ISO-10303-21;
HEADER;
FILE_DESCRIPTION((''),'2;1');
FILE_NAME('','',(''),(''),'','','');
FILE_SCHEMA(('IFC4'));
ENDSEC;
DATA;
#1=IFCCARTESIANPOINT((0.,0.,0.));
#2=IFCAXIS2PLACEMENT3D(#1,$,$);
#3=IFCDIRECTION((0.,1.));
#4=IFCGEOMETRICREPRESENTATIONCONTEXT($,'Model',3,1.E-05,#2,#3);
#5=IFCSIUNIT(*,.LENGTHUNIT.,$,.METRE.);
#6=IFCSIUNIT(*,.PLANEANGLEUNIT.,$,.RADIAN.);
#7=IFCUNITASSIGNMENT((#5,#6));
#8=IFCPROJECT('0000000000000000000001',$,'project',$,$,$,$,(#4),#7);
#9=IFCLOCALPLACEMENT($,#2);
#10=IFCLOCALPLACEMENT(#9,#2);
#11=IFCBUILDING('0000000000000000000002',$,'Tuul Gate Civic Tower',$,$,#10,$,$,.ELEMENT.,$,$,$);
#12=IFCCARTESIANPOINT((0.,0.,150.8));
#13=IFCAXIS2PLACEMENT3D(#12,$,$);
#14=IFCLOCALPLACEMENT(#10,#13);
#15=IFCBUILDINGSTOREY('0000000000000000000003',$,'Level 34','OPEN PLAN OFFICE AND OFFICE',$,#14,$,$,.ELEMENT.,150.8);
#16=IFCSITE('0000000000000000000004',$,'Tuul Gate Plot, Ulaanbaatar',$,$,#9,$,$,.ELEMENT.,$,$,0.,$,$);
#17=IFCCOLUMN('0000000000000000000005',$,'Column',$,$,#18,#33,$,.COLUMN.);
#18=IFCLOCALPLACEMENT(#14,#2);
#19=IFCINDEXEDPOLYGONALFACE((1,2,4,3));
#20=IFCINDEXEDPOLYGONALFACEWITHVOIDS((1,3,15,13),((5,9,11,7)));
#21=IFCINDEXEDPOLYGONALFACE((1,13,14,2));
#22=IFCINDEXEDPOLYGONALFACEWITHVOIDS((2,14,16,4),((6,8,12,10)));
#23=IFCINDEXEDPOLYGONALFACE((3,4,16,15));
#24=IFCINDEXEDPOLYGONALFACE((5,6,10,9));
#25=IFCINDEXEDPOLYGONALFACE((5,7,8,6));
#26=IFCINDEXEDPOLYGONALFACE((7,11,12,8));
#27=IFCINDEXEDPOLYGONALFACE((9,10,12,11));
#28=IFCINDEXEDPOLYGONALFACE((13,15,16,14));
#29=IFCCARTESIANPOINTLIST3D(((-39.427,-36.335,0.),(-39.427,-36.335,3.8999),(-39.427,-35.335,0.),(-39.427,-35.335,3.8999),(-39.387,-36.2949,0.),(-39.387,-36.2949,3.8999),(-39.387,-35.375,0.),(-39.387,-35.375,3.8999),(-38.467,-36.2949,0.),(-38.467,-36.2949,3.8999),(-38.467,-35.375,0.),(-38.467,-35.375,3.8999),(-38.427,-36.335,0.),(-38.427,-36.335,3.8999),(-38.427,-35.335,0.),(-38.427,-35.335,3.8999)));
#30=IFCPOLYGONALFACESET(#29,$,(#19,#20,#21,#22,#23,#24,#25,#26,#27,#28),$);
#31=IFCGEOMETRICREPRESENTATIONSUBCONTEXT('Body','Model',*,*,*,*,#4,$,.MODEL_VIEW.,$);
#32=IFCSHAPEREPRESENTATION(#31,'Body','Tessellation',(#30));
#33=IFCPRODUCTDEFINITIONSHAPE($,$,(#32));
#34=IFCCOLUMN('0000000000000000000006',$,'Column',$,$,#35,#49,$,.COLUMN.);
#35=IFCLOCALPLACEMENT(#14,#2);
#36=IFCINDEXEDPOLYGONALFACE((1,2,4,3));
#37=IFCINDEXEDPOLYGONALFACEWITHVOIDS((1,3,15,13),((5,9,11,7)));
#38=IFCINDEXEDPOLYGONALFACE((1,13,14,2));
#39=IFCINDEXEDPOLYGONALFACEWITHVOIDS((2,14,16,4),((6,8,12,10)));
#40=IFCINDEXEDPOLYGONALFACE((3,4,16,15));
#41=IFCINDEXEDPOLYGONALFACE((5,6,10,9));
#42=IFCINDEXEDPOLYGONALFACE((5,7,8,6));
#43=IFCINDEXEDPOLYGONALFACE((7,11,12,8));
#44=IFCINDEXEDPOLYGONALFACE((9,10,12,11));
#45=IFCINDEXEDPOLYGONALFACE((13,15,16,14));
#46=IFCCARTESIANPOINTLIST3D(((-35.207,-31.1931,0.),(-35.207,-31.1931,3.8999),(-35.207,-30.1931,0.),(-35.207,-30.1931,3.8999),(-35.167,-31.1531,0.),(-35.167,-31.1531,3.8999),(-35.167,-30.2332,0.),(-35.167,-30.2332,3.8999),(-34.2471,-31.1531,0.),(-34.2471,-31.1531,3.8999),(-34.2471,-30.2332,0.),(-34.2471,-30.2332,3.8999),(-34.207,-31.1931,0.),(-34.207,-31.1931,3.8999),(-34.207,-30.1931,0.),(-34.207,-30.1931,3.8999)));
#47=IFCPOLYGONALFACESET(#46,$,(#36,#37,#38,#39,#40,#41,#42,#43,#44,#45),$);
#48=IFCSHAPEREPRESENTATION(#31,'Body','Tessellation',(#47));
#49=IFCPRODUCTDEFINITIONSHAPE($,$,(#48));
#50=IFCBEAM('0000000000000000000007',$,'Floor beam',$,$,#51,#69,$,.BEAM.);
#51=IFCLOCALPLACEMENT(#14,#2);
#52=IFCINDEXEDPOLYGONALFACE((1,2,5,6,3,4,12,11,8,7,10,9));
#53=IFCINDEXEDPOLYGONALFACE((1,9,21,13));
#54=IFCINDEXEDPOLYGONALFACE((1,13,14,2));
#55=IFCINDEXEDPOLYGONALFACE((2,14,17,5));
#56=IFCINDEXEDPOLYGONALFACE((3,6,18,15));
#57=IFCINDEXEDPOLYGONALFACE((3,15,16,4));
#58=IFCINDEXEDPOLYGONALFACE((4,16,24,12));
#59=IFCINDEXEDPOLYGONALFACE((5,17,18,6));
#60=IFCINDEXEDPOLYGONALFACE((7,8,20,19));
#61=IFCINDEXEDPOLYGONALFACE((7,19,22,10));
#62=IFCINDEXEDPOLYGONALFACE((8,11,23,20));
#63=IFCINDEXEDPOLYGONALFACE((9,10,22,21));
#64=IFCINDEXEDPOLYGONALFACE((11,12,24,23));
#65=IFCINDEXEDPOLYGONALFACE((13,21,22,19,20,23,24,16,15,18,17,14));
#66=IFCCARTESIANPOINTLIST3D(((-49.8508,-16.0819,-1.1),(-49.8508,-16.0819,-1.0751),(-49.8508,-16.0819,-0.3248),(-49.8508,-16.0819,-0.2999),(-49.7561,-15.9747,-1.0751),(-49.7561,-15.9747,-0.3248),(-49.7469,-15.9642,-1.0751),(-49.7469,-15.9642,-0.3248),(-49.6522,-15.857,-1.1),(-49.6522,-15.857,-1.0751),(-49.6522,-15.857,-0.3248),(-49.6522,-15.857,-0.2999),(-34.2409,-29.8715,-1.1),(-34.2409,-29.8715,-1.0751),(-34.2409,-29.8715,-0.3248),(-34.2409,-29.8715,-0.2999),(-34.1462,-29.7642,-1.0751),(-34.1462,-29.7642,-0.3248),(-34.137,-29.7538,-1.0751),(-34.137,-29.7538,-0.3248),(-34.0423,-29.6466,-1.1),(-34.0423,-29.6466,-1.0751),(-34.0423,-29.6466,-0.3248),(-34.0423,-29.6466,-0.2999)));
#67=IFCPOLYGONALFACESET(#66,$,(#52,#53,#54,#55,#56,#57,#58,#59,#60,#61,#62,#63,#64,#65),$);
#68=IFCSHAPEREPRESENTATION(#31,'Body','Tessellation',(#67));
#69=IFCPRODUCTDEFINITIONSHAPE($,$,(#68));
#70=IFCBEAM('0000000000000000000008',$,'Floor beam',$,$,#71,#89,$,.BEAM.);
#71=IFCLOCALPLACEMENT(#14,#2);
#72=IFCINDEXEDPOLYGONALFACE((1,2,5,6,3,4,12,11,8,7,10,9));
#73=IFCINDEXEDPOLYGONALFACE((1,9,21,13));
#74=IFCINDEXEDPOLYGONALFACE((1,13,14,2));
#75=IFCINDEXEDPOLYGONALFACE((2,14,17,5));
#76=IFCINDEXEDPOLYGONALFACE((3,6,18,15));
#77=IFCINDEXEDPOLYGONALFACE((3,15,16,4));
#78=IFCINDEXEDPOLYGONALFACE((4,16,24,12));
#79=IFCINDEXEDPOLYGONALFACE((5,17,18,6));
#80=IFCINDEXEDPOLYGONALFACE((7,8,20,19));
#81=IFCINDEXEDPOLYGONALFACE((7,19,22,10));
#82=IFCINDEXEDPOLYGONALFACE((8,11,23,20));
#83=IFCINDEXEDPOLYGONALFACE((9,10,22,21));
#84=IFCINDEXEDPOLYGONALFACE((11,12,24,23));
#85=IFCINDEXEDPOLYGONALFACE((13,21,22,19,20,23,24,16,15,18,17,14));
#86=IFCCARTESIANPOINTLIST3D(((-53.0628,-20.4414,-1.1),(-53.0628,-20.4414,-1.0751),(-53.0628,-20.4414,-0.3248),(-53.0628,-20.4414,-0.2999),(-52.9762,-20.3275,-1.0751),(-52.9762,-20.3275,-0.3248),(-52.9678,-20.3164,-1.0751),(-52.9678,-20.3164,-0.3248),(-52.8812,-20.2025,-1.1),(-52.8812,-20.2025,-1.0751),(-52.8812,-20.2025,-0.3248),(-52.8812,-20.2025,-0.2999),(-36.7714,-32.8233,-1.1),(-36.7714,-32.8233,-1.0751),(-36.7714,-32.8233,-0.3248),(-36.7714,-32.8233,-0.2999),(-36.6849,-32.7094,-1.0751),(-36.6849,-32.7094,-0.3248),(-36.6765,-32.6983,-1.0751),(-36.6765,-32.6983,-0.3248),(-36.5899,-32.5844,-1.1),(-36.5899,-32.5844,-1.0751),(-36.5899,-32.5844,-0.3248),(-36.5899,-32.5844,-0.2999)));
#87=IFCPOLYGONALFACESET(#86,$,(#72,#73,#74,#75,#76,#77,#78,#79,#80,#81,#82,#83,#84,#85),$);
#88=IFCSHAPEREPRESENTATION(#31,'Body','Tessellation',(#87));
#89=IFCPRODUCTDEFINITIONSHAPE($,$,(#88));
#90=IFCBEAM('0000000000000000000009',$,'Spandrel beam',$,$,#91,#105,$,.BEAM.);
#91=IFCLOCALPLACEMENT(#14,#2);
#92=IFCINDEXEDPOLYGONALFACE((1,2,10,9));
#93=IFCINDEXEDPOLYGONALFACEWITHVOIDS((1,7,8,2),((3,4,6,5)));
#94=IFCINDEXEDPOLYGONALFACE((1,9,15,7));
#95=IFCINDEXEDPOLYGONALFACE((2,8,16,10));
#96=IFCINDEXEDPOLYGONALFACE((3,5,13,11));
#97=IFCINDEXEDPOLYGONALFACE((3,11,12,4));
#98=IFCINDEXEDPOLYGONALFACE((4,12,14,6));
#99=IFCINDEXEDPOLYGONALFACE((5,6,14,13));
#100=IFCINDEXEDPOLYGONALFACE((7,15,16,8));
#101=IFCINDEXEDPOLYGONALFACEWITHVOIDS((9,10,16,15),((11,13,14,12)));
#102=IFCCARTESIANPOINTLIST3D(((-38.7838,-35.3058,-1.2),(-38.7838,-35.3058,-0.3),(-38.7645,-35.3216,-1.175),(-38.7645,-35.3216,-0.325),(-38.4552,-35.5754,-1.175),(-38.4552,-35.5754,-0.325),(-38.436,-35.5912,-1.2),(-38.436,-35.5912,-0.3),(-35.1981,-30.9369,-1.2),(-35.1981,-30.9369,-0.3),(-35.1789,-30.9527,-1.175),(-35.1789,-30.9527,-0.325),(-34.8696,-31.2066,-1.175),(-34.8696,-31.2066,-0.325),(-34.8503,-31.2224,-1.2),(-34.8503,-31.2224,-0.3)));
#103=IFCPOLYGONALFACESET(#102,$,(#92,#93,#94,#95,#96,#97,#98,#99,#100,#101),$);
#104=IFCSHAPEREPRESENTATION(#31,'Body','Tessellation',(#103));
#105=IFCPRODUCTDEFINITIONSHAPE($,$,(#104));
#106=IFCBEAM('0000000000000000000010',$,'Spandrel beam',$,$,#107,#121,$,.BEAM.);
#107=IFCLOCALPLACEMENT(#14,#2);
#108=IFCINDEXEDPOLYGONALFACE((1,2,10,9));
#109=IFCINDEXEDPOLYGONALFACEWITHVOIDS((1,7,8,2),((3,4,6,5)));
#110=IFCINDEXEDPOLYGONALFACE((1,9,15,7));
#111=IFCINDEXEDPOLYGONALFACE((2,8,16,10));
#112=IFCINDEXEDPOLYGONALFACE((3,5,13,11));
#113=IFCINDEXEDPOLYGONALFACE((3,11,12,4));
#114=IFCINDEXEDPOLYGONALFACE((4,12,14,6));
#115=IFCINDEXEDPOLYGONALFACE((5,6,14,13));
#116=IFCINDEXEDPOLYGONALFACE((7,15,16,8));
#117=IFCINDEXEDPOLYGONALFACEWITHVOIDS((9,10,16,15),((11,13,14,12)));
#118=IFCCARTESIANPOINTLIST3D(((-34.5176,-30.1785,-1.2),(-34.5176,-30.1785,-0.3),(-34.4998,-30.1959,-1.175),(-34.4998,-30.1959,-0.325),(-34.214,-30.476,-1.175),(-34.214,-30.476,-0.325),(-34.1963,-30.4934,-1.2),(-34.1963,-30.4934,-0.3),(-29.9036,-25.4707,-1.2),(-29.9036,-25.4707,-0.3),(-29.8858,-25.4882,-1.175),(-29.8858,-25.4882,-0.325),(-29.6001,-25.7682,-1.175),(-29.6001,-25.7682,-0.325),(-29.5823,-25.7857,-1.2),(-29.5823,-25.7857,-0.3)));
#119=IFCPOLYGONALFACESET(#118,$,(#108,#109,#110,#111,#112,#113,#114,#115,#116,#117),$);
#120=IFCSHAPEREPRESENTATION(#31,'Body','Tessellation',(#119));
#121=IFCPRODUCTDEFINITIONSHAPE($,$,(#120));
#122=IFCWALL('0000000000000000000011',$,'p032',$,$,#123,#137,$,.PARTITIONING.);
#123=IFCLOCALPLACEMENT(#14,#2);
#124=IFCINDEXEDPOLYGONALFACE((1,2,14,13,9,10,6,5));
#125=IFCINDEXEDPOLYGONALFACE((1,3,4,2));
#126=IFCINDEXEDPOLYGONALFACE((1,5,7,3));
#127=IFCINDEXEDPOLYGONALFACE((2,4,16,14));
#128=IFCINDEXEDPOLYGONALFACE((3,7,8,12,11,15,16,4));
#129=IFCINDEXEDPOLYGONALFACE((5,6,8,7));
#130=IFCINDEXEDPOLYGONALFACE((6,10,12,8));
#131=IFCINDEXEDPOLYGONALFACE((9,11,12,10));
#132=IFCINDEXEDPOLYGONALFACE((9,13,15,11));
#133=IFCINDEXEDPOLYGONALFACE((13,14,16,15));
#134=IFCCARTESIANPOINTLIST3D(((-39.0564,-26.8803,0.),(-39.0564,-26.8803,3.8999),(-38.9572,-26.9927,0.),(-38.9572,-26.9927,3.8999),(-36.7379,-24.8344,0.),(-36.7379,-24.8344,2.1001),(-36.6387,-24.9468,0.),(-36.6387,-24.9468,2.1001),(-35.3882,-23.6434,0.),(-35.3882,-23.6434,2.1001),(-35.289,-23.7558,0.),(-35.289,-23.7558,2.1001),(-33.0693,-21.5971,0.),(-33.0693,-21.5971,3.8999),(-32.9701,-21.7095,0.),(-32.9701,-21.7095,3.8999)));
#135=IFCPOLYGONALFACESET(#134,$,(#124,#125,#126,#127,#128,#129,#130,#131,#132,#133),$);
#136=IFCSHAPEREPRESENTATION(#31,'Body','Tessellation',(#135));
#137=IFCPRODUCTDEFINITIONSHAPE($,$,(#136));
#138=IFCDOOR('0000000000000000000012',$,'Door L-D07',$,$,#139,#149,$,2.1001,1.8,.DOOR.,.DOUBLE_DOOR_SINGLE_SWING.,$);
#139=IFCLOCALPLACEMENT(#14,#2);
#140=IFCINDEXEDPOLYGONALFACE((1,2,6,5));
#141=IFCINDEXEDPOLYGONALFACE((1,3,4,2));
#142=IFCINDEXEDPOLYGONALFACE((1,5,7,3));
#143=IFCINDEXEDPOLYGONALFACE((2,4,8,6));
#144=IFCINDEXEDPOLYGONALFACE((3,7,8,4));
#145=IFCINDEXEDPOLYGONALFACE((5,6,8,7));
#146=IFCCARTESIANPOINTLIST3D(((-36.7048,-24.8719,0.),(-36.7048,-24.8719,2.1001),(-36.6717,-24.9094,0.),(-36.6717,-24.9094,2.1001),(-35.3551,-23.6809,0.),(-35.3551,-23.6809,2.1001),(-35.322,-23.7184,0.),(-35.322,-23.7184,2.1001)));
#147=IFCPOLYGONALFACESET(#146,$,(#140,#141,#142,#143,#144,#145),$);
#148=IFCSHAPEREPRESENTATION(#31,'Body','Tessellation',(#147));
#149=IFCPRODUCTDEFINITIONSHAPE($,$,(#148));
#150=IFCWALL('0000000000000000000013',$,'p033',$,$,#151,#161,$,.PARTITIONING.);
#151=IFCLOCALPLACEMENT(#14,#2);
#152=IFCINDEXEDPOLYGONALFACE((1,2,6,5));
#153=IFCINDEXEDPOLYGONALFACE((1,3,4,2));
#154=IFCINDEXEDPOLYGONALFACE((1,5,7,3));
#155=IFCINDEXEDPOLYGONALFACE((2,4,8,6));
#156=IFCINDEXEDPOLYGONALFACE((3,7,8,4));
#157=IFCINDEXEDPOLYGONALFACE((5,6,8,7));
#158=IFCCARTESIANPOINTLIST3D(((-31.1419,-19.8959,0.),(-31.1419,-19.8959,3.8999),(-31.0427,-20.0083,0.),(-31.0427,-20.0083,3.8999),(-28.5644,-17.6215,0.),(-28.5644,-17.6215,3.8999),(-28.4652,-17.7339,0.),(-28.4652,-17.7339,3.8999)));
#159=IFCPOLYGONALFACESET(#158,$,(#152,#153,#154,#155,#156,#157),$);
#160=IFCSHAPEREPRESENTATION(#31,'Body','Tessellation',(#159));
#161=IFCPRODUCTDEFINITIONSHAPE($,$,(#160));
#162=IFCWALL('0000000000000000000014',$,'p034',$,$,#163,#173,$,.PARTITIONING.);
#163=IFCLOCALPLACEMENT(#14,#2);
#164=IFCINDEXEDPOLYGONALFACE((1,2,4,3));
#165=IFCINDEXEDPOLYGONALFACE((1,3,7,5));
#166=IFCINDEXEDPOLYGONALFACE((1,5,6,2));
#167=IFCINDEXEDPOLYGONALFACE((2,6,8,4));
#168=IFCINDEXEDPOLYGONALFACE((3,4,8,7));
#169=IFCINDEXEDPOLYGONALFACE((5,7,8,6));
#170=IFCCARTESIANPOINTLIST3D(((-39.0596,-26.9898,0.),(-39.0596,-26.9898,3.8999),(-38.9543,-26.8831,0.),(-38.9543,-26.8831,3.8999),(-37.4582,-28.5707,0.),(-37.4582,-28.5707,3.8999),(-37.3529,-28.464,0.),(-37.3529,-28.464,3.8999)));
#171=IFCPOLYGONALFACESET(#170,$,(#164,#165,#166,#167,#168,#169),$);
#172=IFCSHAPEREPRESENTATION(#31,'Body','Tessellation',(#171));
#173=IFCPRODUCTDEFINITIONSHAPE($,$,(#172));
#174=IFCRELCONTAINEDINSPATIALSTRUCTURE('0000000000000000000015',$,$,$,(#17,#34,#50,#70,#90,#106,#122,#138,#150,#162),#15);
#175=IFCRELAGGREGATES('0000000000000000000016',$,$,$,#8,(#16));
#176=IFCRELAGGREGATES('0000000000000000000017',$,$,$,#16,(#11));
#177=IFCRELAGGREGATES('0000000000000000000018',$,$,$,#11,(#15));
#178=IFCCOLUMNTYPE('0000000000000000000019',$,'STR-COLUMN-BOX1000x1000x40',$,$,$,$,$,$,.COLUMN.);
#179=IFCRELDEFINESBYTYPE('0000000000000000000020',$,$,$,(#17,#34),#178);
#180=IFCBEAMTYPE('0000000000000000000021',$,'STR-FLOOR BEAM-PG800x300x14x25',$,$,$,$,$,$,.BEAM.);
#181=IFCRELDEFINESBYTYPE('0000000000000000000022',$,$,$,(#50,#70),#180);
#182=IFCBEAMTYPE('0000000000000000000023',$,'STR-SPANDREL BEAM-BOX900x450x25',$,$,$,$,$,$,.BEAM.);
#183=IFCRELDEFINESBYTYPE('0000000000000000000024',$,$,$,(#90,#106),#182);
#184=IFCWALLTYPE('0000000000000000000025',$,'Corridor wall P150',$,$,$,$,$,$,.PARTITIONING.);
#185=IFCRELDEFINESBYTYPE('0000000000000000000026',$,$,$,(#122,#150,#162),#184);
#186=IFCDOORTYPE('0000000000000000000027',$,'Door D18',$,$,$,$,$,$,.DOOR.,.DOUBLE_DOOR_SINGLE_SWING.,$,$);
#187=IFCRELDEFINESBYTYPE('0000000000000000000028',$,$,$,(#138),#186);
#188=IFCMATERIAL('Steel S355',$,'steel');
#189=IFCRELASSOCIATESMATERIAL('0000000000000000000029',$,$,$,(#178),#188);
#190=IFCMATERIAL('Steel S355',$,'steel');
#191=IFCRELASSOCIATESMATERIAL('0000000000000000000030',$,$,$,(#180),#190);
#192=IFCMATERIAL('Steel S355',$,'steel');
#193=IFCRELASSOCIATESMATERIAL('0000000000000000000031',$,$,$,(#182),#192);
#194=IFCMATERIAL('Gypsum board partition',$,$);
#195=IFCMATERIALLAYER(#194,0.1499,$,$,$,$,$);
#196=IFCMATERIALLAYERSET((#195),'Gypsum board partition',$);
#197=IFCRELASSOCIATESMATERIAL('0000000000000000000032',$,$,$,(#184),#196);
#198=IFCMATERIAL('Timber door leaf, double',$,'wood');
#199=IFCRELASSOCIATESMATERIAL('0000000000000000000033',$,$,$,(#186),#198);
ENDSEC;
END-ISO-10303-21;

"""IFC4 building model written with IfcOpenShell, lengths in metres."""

from ifc_helpers import new_model, si_unit, direction, frame, frame_2d, origin, origin_2d, place, context, subcontext, project, spatial, rectangle, hollow_rectangle, i_section, extrude, material, layer, layer_set, material_profile, profile_set, type_object, element, fill, save


model = new_model("IFC4")

# Units and contexts
model_context = context("Model", 3, precision=1e-05, world=origin(), true_north=direction((0.0, 1.0)))
body_context = subcontext(model_context, "Body", "Model", "MODEL_VIEW")
ifc_project = project(units=[si_unit("LENGTHUNIT", "METRE"), si_unit("PLANEANGLEUNIT", "RADIAN")], contexts=[model_context])

# Site, building, storey
site_placement = place(None, origin())
site = spatial("IfcSite", under=ifc_project, at=site_placement, Name="Tuul Gate Plot, Ulaanbaatar", CompositionType="ELEMENT", RefElevation=0.0)
building_placement = place(site_placement, origin())
building = spatial("IfcBuilding", under=site, at=building_placement, Name="Tuul Gate Civic Tower", CompositionType="ELEMENT")
storey_placement = place(building_placement, frame((0.0, 0.0, 150.8)))
storey = spatial("IfcBuildingStorey", under=building, at=storey_placement, Name="Level 34", Description="OPEN PLAN OFFICE AND OFFICE", CompositionType="ELEMENT", Elevation=150.8)

# Columns
ifc_material_1 = material(Name="Steel S355", Category="steel")
ifc_material_profile_1 = material_profile(ifc_material_1, hollow_rectangle(XDim=1.0, YDim=1.0, WallThickness=0.04, at=origin_2d()), Name="BOX1000x1000x40")
ifc_profile_set_1 = profile_set([ifc_material_profile_1], Name="Steel S355")
column_type = type_object("IfcColumnType", Name="STR-COLUMN-BOX1000x1000x40", PredefinedType="COLUMN", material=ifc_profile_set_1)
for number, where, z_axis, x_axis, name in (
    (1, (-38.927, -35.835, 0.0), (0.0, 0.0, 1.0), (1.0, 0.0, 0.0), "Column"),
    (2, (-34.707, -30.6931, 0.0), (0.0, 0.0, 1.0), (1.0, 0.0, 0.0), "Column"),
):
    element("IfcColumn", number, at=place(storey_placement, frame(where, z_axis=z_axis, x_axis=x_axis)), inside=storey, type_object=column_type, Name=name, PredefinedType="COLUMN", context=body_context, shape_type="SweptSolid", body=[
        extrude(hollow_rectangle(XDim=1.0, YDim=1.0, WallThickness=0.04, at=origin_2d()), origin(), (0.0, 0.0, 1.0), 3.8999),
    ])

# Beams
ifc_material_2 = material(Name="Steel S355", Category="steel")
ifc_material_profile_2 = material_profile(ifc_material_2, i_section(OverallWidth=0.3, OverallDepth=0.8, WebThickness=0.0139, FlangeThickness=0.0249, at=origin_2d()), Name="PG800x300x14x25")
ifc_profile_set_2 = profile_set([ifc_material_profile_2], Name="Steel S355")
beam_type_1 = type_object("IfcBeamType", Name="STR-FLOOR BEAM-PG800x300x14x25", PredefinedType="BEAM", material=ifc_profile_set_2)
beam_1_placement = place(storey_placement, frame((-34.1416, -29.759, -0.7), z_axis=(-0.749453, 0.662057, 0.0), x_axis=(-0.662057, -0.749453, 0.0)))
element("IfcBeam", 3, at=beam_1_placement, inside=storey, type_object=beam_type_1, Name="Floor beam", PredefinedType="BEAM", context=body_context, shape_type="SweptSolid", body=[
    extrude(i_section(OverallWidth=0.3, OverallDepth=0.8, WebThickness=0.0139, FlangeThickness=0.0249, at=origin_2d()), origin(), (0.0, 0.0, 1.0), 20.8284),
])
beam_2_placement = place(storey_placement, frame((-36.6807, -32.7039, -0.7), z_axis=(-0.796151, 0.605098, 0.0), x_axis=(-0.605098, -0.796151, 0.0)))
element("IfcBeam", 4, at=beam_2_placement, inside=storey, type_object=beam_type_1, Name="Floor beam", PredefinedType="BEAM", context=body_context, shape_type="SweptSolid", body=[
    extrude(i_section(OverallWidth=0.3, OverallDepth=0.8, WebThickness=0.0139, FlangeThickness=0.0249, at=origin_2d()), origin(), (0.0, 0.0, 1.0), 20.4626),
])
ifc_material_3 = material(Name="Steel S355", Category="steel")
ifc_material_profile_3 = material_profile(ifc_material_3, hollow_rectangle(XDim=0.45, YDim=0.8999, WallThickness=0.0249, at=origin_2d()), Name="BOX900x450x25")
ifc_profile_set_3 = profile_set([ifc_material_profile_3], Name="Steel S355")
beam_type_2 = type_object("IfcBeamType", Name="STR-SPANDREL BEAM-BOX900x450x25", PredefinedType="BEAM", material=ifc_profile_set_3)
beam_3_placement = place(storey_placement, frame((-38.6099, -35.4485, -0.75), z_axis=(0.634418, 0.77299, 0.0), x_axis=(-0.77299, 0.634418, 0.0)))
element("IfcBeam", 5, at=beam_3_placement, inside=storey, type_object=beam_type_2, Name="Spandrel beam", PredefinedType="BEAM", context=body_context, shape_type="SweptSolid", body=[
    extrude(hollow_rectangle(XDim=0.45, YDim=0.8999, WallThickness=0.0249, at=origin_2d()), origin(), (0.0, 0.0, 1.0), 5.6519),
])
beam_4_placement = place(storey_placement, frame((-34.3569, -30.3359, -0.75), z_axis=(0.69996, 0.714182, 0.0), x_axis=(-0.714182, 0.69996, 0.0)))
element("IfcBeam", 6, at=beam_4_placement, inside=storey, type_object=beam_type_2, Name="Spandrel beam", PredefinedType="BEAM", context=body_context, shape_type="SweptSolid", body=[
    extrude(hollow_rectangle(XDim=0.45, YDim=0.8999, WallThickness=0.0249, at=origin_2d()), origin(), (0.0, 0.0, 1.0), 6.5918),
])

# Wall, opening, door
ifc_material_4 = material(Name="Gypsum board partition")
ifc_layer_1 = layer(ifc_material_4, 0.1499)
ifc_layer_set_1 = layer_set([ifc_layer_1], Name="Gypsum board partition")
wall_type_1 = type_object("IfcWallType", Name="Corridor wall P150", PredefinedType="PARTITIONING", material=ifc_layer_set_1)
wall_1_placement = place(storey_placement, frame((-39.0068, -26.9365, 0.0), z_axis=(0.0, 0.0, 1.0), x_axis=(0.749807, 0.661657, 0.0)))
wall_1 = element("IfcWall", 7, at=wall_1_placement, inside=storey, type_object=wall_type_1, Name="p032", PredefinedType="PARTITIONING", context=body_context, shape_type="SweptSolid", body=[
    extrude(rectangle(XDim=7.9849, YDim=0.1499, at=frame_2d((3.9924, 0.0))), origin(), (0.0, 0.0, 1.0), 3.8999),
])
opening_1_placement = place(wall_1_placement, frame((3.0923, 0.0, 0.0)))
opening_1 = element("IfcOpeningElement", 8, at=opening_1_placement, cuts=wall_1, PredefinedType="OPENING", context=body_context, shape_type="SweptSolid", body=[
    extrude(rectangle(XDim=1.8, YDim=2.1001, at=frame_2d((0.8999, 1.05))), frame((0.0, 0.085, 0.0), z_axis=(0.0, -1.0, 0.0), x_axis=(1.0, 0.0, 0.0)), (0.0, 0.0, 1.0), 0.1699),
])
ifc_material_5 = material(Name="Timber door leaf, double", Category="wood")
door_type = type_object("IfcDoorType", Name="Door D18", OperationType="DOUBLE_DOOR_SINGLE_SWING", PredefinedType="DOOR", material=ifc_material_5)
door_1_placement = place(opening_1_placement, origin())
door_1 = element("IfcDoor", 9, at=door_1_placement, inside=storey, type_object=door_type, Name="Door L-D07", OperationType="DOUBLE_DOOR_SINGLE_SWING", OverallHeight=2.1001, OverallWidth=1.8, PredefinedType="DOOR", context=body_context, shape_type="SweptSolid", body=[
    extrude(rectangle(XDim=1.8, YDim=2.1001, at=frame_2d((0.8999, 1.05))), frame((0.0, 0.0249, 0.0), z_axis=(0.0, -1.0, 0.0), x_axis=(1.0, 0.0, 0.0)), (0.0, 0.0, 1.0), 0.05),
])
fill(opening_1, door_1)

# Walls
wall_2_placement = place(storey_placement, frame((-31.0923, -19.9521, 0.0), z_axis=(0.0, 0.0, 1.0), x_axis=(0.749803, 0.661662, 0.0)))
element("IfcWall", 10, at=wall_2_placement, inside=storey, type_object=wall_type_1, Name="p033", PredefinedType="PARTITIONING", context=body_context, shape_type="SweptSolid", body=[
    extrude(rectangle(XDim=3.4375, YDim=0.1499, at=frame_2d((1.7188, 0.0))), origin(), (0.0, 0.0, 1.0), 3.8999),
])
wall_3_placement = place(storey_placement, frame((-39.0068, -26.9365, 0.0), z_axis=(0.0, 0.0, 1.0), x_axis=(0.711649, -0.702535, 0.0)))
element("IfcWall", 11, at=wall_3_placement, inside=storey, type_object=wall_type_1, Name="p034", PredefinedType="PARTITIONING", context=body_context, shape_type="SweptSolid", body=[
    extrude(rectangle(XDim=2.2502, YDim=0.1499, at=frame_2d((1.125, 0.0))), origin(), (0.0, 0.0, 1.0), 3.8999),
])

save(model, "model.ifc")
